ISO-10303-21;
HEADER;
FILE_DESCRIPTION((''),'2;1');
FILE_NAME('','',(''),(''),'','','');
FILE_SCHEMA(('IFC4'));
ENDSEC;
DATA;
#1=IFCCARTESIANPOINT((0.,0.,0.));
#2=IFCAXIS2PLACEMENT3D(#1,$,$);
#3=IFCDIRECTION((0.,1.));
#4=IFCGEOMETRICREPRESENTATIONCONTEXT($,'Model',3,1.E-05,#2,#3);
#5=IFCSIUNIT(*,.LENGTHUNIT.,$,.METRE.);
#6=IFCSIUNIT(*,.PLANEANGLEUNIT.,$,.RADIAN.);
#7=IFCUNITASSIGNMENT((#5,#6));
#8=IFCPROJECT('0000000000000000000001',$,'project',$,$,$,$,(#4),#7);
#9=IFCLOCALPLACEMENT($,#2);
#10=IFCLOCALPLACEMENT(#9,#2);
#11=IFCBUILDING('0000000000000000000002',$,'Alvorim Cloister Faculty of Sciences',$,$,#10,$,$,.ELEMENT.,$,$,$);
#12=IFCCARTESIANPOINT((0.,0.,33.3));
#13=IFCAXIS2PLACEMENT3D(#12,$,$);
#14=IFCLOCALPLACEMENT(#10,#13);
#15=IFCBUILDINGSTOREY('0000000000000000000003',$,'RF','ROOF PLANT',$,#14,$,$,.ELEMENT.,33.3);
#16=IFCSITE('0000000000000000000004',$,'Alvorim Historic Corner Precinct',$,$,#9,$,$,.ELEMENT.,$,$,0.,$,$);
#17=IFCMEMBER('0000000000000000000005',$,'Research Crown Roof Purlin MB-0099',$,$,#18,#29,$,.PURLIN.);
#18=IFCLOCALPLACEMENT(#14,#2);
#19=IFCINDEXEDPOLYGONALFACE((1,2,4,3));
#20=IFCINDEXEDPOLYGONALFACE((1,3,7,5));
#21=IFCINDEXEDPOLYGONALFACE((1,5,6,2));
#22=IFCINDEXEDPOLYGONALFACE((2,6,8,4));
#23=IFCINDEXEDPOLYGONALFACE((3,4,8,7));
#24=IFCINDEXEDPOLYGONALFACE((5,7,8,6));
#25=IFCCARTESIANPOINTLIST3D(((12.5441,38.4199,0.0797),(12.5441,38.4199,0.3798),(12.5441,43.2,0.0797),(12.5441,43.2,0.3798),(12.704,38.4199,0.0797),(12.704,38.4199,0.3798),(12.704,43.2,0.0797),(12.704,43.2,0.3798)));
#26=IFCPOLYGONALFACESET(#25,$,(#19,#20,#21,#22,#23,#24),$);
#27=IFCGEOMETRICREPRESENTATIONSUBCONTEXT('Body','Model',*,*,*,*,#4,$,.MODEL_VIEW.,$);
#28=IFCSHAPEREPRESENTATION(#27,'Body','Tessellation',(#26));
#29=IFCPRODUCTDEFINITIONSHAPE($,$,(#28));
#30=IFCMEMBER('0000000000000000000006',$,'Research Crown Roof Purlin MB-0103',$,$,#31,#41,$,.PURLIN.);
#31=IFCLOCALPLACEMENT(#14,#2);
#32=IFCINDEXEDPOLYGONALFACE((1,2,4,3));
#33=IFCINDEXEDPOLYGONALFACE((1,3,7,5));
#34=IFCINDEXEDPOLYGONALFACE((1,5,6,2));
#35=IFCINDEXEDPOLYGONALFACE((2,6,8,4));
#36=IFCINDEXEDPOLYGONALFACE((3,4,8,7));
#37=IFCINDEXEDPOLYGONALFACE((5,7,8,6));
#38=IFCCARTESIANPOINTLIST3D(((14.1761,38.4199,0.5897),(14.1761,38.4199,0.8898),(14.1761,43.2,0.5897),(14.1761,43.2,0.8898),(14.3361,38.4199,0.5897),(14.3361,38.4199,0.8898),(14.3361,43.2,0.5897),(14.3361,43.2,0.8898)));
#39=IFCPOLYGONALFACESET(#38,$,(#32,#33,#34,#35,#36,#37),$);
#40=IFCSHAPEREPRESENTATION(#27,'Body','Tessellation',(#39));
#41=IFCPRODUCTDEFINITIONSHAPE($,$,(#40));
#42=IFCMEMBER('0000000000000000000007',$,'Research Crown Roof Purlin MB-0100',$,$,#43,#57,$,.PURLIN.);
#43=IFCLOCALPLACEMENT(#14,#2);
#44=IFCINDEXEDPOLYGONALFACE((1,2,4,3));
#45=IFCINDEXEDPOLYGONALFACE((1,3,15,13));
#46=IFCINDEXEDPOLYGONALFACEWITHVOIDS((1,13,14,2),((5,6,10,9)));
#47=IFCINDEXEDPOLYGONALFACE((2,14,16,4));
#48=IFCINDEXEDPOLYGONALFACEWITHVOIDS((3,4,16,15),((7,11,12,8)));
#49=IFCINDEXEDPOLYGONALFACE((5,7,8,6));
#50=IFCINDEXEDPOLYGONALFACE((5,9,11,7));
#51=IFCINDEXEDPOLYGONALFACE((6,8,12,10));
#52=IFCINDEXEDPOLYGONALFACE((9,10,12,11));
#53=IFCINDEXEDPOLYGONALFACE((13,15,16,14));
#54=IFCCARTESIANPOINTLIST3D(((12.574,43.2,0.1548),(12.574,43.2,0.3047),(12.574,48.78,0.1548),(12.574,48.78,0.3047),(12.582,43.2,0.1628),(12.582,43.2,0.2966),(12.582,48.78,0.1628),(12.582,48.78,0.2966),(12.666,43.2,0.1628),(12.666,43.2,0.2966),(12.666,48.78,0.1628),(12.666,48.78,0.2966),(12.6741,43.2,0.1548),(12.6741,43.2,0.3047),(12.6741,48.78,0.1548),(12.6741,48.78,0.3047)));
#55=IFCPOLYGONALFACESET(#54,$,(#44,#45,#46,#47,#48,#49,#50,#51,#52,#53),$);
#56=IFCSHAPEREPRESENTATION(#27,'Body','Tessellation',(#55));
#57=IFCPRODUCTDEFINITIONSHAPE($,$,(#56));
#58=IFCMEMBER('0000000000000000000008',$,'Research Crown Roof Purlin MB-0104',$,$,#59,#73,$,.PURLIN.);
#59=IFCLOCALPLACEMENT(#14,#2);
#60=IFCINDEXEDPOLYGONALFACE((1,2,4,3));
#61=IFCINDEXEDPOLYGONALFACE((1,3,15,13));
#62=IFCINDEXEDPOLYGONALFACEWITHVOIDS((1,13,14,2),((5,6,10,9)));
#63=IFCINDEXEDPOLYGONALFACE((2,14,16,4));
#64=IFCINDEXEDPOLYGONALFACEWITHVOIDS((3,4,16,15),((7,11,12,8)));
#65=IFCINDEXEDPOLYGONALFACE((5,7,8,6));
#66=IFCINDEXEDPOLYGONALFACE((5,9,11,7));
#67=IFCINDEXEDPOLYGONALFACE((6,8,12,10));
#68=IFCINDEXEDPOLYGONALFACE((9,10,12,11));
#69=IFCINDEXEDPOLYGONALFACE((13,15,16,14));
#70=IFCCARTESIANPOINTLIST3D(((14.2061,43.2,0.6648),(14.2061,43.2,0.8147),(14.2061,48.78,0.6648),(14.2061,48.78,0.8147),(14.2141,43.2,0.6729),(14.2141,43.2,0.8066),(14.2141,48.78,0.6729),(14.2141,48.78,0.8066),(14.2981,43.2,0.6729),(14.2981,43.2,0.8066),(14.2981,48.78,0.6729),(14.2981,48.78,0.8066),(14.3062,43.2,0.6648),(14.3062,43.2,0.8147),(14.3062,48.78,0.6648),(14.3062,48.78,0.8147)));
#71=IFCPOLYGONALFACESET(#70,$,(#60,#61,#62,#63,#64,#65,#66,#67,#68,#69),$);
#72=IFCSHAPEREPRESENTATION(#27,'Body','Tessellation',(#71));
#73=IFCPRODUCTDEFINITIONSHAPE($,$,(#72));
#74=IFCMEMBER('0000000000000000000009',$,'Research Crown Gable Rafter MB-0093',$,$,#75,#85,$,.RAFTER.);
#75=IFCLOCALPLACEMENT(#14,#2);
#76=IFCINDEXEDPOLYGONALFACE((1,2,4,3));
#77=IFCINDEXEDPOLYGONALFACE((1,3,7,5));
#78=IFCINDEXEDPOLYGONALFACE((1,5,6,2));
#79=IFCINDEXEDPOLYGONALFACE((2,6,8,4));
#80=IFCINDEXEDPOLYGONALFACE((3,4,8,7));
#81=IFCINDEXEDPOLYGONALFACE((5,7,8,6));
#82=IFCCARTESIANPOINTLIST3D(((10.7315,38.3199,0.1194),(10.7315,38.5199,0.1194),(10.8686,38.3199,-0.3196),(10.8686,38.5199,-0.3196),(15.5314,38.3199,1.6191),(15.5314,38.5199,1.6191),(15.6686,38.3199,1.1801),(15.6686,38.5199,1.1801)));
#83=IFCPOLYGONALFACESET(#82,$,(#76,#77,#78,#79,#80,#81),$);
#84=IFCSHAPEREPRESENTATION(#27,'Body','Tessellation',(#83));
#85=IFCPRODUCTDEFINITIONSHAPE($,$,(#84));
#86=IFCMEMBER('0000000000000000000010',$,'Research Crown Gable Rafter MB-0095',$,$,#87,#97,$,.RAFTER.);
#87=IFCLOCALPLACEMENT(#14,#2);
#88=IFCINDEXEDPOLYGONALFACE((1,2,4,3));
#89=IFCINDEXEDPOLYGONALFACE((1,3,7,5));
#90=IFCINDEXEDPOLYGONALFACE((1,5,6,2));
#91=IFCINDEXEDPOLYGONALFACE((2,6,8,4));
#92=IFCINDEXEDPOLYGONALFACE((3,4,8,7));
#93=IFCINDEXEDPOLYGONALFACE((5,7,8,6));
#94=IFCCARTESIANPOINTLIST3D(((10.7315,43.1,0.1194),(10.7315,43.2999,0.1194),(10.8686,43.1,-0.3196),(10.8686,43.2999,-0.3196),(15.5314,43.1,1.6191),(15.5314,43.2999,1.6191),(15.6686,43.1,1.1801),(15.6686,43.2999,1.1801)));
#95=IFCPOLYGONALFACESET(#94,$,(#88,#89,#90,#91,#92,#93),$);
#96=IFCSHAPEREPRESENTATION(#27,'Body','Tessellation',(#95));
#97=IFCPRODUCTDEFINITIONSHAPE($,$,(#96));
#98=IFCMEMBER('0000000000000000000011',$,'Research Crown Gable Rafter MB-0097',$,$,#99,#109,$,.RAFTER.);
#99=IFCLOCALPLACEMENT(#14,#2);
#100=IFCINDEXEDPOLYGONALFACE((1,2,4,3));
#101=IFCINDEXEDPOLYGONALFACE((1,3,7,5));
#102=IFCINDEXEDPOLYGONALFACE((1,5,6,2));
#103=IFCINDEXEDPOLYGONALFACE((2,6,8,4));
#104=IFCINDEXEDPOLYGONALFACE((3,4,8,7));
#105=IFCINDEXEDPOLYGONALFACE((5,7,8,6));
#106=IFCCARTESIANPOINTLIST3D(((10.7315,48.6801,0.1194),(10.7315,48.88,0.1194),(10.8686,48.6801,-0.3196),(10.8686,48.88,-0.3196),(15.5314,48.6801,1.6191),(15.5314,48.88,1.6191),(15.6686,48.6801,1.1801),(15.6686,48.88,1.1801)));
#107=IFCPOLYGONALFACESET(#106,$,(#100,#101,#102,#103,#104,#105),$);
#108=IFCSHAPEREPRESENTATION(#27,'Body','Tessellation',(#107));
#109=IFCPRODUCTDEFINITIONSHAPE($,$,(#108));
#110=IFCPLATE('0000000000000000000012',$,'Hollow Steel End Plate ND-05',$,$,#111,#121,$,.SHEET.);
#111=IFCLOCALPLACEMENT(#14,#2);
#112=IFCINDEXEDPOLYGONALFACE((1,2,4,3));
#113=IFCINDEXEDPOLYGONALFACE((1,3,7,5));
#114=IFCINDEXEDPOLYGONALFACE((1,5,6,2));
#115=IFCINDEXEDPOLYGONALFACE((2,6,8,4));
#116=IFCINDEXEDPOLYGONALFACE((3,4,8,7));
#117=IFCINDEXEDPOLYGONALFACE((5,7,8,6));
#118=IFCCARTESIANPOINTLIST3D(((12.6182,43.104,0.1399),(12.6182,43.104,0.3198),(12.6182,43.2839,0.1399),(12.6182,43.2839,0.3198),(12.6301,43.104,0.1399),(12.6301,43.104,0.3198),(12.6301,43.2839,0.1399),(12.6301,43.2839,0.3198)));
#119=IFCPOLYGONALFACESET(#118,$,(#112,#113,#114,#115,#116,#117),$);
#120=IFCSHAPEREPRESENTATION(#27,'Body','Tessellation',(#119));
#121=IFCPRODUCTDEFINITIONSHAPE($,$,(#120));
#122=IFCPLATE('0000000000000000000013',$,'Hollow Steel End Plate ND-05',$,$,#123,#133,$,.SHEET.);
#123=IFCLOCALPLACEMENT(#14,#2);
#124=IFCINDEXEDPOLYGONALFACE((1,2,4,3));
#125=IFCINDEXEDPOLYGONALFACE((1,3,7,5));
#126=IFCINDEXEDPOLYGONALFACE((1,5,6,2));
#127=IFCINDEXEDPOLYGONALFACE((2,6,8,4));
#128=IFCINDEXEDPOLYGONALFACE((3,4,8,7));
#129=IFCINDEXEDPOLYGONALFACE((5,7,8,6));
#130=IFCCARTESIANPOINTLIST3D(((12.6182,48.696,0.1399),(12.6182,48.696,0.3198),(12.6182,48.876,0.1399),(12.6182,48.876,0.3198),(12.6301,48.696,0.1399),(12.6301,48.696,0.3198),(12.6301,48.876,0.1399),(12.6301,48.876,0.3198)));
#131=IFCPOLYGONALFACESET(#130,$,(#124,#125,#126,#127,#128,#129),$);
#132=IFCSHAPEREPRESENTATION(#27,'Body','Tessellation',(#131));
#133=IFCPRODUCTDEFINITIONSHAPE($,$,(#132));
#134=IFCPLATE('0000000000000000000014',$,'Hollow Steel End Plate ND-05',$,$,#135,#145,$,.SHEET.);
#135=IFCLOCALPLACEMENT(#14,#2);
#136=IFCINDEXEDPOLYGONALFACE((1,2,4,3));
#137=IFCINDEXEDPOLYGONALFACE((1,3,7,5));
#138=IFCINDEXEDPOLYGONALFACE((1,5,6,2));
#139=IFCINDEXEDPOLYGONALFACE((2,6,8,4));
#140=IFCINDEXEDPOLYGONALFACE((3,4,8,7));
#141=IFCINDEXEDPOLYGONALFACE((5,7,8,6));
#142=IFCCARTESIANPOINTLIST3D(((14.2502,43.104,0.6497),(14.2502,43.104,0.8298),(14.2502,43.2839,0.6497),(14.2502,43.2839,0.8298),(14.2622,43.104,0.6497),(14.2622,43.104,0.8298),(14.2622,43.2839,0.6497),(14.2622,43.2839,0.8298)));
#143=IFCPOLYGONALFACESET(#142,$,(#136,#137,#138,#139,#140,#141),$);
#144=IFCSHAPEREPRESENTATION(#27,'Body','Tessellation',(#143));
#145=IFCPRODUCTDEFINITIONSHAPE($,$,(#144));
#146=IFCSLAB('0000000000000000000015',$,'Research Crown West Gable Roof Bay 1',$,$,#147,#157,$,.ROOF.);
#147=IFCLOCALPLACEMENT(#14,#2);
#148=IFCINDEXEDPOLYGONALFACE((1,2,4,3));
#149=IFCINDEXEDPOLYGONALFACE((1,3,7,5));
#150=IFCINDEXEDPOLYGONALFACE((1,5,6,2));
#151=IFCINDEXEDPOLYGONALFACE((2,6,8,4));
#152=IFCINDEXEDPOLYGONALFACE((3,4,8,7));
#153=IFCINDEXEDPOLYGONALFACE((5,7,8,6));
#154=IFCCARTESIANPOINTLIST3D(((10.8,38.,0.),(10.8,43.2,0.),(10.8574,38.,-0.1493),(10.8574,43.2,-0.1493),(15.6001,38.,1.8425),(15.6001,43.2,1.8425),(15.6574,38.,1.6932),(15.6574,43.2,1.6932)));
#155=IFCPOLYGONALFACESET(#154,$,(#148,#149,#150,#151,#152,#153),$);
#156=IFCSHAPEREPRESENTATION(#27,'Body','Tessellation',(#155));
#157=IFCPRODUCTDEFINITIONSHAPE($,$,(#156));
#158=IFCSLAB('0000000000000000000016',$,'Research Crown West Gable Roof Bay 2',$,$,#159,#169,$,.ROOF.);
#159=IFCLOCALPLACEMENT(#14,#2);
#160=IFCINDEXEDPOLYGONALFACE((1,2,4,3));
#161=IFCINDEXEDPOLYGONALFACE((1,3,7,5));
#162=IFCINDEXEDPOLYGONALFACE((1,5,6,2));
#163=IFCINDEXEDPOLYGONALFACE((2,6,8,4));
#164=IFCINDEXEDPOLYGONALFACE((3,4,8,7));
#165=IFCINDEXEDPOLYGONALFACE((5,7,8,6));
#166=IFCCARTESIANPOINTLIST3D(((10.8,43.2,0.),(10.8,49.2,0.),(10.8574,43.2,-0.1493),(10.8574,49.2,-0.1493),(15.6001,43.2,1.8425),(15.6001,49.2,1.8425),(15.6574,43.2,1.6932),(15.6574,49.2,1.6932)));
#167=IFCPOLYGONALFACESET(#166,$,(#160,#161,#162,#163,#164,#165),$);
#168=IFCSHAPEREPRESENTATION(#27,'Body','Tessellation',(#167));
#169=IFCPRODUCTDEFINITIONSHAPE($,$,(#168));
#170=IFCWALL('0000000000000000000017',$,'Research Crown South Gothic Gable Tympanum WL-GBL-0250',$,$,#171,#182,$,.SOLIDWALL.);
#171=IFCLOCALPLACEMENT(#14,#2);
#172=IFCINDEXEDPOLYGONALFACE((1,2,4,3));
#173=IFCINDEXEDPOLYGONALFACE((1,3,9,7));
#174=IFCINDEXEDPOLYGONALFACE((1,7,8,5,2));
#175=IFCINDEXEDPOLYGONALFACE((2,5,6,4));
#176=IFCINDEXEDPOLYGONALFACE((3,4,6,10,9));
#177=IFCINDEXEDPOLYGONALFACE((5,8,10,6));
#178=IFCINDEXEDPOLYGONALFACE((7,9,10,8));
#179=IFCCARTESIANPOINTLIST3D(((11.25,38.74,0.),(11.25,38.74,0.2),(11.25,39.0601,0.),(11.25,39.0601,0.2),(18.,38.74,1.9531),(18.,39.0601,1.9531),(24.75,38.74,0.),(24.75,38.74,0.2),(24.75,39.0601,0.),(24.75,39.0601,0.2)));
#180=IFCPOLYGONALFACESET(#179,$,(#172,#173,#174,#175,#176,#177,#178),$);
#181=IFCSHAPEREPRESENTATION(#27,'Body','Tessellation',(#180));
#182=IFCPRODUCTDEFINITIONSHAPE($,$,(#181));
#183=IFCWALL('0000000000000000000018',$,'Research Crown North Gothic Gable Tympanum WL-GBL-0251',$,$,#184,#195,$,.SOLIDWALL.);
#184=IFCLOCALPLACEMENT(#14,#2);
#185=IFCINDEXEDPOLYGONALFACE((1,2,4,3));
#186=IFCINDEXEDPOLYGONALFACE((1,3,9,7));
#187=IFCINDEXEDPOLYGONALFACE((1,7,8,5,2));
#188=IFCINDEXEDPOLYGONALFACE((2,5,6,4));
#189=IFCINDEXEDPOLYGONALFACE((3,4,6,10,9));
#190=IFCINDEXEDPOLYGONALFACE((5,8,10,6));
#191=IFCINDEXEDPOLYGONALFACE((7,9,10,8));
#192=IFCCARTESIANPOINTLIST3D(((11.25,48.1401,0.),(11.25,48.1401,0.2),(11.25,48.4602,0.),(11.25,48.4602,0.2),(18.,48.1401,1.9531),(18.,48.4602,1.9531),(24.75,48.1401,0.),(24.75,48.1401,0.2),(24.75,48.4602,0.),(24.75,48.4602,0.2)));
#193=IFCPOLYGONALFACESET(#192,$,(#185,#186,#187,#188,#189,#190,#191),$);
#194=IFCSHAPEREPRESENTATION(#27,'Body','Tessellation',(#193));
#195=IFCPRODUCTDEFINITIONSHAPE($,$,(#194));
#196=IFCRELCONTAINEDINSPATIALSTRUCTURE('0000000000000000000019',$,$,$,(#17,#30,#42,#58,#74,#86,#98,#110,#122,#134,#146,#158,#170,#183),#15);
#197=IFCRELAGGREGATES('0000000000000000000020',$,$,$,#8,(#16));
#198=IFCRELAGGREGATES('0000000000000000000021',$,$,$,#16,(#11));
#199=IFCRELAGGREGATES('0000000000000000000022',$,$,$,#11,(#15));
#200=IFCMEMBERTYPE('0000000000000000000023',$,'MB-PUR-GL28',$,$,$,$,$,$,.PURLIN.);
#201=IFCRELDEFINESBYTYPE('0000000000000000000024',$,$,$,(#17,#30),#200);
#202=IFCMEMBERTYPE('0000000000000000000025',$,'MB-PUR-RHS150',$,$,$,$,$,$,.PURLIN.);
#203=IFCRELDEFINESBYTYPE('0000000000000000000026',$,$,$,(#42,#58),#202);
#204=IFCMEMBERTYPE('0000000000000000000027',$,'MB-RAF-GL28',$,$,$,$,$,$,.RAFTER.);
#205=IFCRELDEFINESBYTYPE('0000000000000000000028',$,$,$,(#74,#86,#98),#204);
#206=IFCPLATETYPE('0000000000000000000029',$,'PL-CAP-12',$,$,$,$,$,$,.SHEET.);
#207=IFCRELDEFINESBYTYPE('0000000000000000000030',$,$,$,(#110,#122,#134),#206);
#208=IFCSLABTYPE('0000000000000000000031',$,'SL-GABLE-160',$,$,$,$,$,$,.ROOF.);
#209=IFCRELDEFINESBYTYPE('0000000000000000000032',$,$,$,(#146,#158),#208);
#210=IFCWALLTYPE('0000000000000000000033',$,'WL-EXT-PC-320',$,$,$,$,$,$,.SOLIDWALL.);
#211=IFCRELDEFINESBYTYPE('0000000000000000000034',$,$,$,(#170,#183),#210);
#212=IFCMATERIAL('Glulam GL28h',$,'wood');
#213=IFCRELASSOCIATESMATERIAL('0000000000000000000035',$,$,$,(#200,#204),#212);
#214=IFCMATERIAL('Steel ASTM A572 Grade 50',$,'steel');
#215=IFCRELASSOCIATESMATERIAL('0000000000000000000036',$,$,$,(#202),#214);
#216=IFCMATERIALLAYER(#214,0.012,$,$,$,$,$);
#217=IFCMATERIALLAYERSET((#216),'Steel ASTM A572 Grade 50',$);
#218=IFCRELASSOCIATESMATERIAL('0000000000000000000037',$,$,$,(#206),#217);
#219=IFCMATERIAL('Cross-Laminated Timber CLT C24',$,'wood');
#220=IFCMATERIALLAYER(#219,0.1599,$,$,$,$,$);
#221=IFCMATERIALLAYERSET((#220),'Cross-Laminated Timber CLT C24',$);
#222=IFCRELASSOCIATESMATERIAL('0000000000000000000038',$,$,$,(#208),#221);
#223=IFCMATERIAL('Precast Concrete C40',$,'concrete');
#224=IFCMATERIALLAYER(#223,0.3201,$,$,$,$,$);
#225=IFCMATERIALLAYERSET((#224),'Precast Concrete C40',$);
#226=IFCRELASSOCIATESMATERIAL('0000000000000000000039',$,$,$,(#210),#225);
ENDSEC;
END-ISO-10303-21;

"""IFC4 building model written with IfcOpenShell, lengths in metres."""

from ifc_helpers import new_model, si_unit, direction, frame, origin, origin_2d, place, context, subcontext, project, spatial, polyline, rectangle, hollow_rectangle, outline, extrude, material, layer, layer_set, material_profile, profile_set, type_object, element, save


model = new_model("IFC4")

# Units and contexts
model_context = context("Model", 3, precision=1e-05, world=origin(), true_north=direction((0.0, 1.0)))
body_context = subcontext(model_context, "Body", "Model", "MODEL_VIEW")
ifc_project = project(units=[si_unit("LENGTHUNIT", "METRE"), si_unit("PLANEANGLEUNIT", "RADIAN")], contexts=[model_context])

# Site, building, storey
site_placement = place(None, origin())
site = spatial("IfcSite", under=ifc_project, at=site_placement, Name="Alvorim Historic Corner Precinct", CompositionType="ELEMENT", RefElevation=0.0)
building_placement = place(site_placement, origin())
building = spatial("IfcBuilding", under=site, at=building_placement, Name="Alvorim Cloister Faculty of Sciences", CompositionType="ELEMENT")
storey_placement = place(building_placement, frame((0.0, 0.0, 33.3)))
storey = spatial("IfcBuildingStorey", under=building, at=storey_placement, Name="RF", Description="ROOF PLANT", CompositionType="ELEMENT", Elevation=33.3)

# Members
ifc_material_1 = material(Name="Glulam GL28h", Category="wood")
ifc_material_profile_1 = material_profile(ifc_material_1, rectangle(XDim=0.1599, YDim=0.3, at=origin_2d()), Name="GL28-PUR-160x300")
ifc_profile_set_1 = profile_set([ifc_material_profile_1], Name="Glulam GL28h")
member_type_1 = type_object("IfcMemberType", Name="MB-PUR-GL28", PredefinedType="PURLIN", material=ifc_profile_set_1)
for number, where, z_axis, x_axis, name in (
    (1, (12.624, 38.4199, 0.2297), (0.0, 1.0, 0.0), (-1.0, 0.0, 0.0), "Research Crown Roof Purlin MB-0099"),
    (2, (14.2561, 38.4199, 0.7397), (0.0, 1.0, 0.0), (-1.0, 0.0, 0.0), "Research Crown Roof Purlin MB-0103"),
):
    element("IfcMember", number, at=place(storey_placement, frame(where, z_axis=z_axis, x_axis=x_axis)), inside=storey, type_object=member_type_1, Name=name, PredefinedType="PURLIN", context=body_context, shape_type="SweptSolid", body=[
        extrude(rectangle(XDim=0.1599, YDim=0.3, at=origin_2d()), origin(), (0.0, 0.0, 1.0), 4.78),
    ])
ifc_material_2 = material(Name="Steel ASTM A572 Grade 50", Category="steel")
ifc_material_profile_2 = material_profile(ifc_material_2, hollow_rectangle(XDim=0.1001, YDim=0.1499, WallThickness=0.0081, at=origin_2d()), Name="RHS150x100x8")
ifc_profile_set_2 = profile_set([ifc_material_profile_2], Name="Steel ASTM A572 Grade 50")
member_type_2 = type_object("IfcMemberType", Name="MB-PUR-RHS150", PredefinedType="PURLIN", material=ifc_profile_set_2)
for number, where, z_axis, x_axis, name in (
    (3, (12.624, 43.2, 0.2297), (0.0, 1.0, 0.0), (-1.0, 0.0, 0.0), "Research Crown Roof Purlin MB-0100"),
    (4, (14.2561, 43.2, 0.7397), (0.0, 1.0, 0.0), (-1.0, 0.0, 0.0), "Research Crown Roof Purlin MB-0104"),
):
    element("IfcMember", number, at=place(storey_placement, frame(where, z_axis=z_axis, x_axis=x_axis)), inside=storey, type_object=member_type_2, Name=name, PredefinedType="PURLIN", context=body_context, shape_type="SweptSolid", body=[
        extrude(hollow_rectangle(XDim=0.1001, YDim=0.1499, WallThickness=0.0081, at=origin_2d()), origin(), (0.0, 0.0, 1.0), 5.5801),
    ])
ifc_material_profile_3 = material_profile(ifc_material_1, rectangle(XDim=0.2, YDim=0.46, at=origin_2d()), Name="GL28-RAF-200x460")
ifc_profile_set_3 = profile_set([ifc_material_profile_3], Name="Glulam GL28h")
member_type_3 = type_object("IfcMemberType", Name="MB-RAF-GL28", PredefinedType="RAFTER", material=ifc_profile_set_3)
for number, where, z_axis, x_axis, name in (
    (5, (10.8, 38.4199, -0.1001), (0.954495, 0.0, 0.298228), (0.0, 1.0, 0.0), "Research Crown Gable Rafter MB-0093"),
    (6, (10.8, 43.2, -0.1001), (0.954495, 0.0, 0.298228), (0.0, 1.0, 0.0), "Research Crown Gable Rafter MB-0095"),
    (7, (10.8, 48.78, -0.1001), (0.954495, 0.0, 0.298228), (0.0, 1.0, 0.0), "Research Crown Gable Rafter MB-0097"),
):
    element("IfcMember", number, at=place(storey_placement, frame(where, z_axis=z_axis, x_axis=x_axis)), inside=storey, type_object=member_type_3, Name=name, PredefinedType="RAFTER", context=body_context, shape_type="SweptSolid", body=[
        extrude(rectangle(XDim=0.2, YDim=0.46, at=origin_2d()), origin(), (0.0, 0.0, 1.0), 5.0288),
    ])

# Plates
ifc_layer_1 = layer(ifc_material_2, 0.012)
ifc_layer_set_1 = layer_set([ifc_layer_1], Name="Steel ASTM A572 Grade 50")
plate_type = type_object("IfcPlateType", Name="PL-CAP-12", PredefinedType="SHEET", material=ifc_layer_set_1)
for number, where, z_axis, x_axis, name in (
    (8, (12.624, 43.104, 0.1399), (0.0, 0.0, 1.0), (0.0, 1.0, 0.0), "Hollow Steel End Plate ND-05"),
    (9, (12.624, 48.696, 0.1399), (0.0, 0.0, 1.0), (0.0, 1.0, 0.0), "Hollow Steel End Plate ND-05"),
):
    element("IfcPlate", number, at=place(storey_placement, frame(where, z_axis=z_axis, x_axis=x_axis)), inside=storey, type_object=plate_type, Name=name, PredefinedType="SHEET", context=body_context, shape_type="SweptSolid", body=[
        extrude(outline(polyline([(0.0, 0.0), (0.1799, 0.0), (0.1799, 0.1799), (0.0, 0.1799), (0.0, 0.0)])), frame((0.0, 0.0059, 0.0), z_axis=(0.0, -1.0, 0.0), x_axis=(1.0, 0.0, 0.0)), (0.0, 0.0, 1.0), 0.012),
    ])
plate_placement = place(storey_placement, frame((14.2561, 43.104, 0.6497), z_axis=(0.0, 0.0, 1.0), x_axis=(0.0, 1.0, 0.0)))
element("IfcPlate", 10, at=plate_placement, inside=storey, type_object=plate_type, Name="Hollow Steel End Plate ND-05", PredefinedType="SHEET", context=body_context, shape_type="SweptSolid", body=[
    extrude(outline(polyline([(0.0, 0.0), (0.1799, 0.0), (0.1799, 0.1802), (0.0, 0.1802), (0.0, 0.0)])), frame((0.0, 0.0059, 0.0), z_axis=(0.0, -1.0, 0.0), x_axis=(1.0, 0.0, 0.0)), (0.0, 0.0, 1.0), 0.012),
])

# Slabs
ifc_material_3 = material(Name="Cross-Laminated Timber CLT C24", Category="wood")
ifc_layer_2 = layer(ifc_material_3, 0.1599)
ifc_layer_set_2 = layer_set([ifc_layer_2], Name="Cross-Laminated Timber CLT C24")
slab_type = type_object("IfcSlabType", Name="SL-GABLE-160", PredefinedType="ROOF", material=ifc_layer_set_2)
slab_1_placement = place(storey_placement, frame((10.8, 38.0, 0.0), z_axis=(-0.358362, 0.0, 0.933583), x_axis=(0.933583, 0.0, 0.358362)))
element("IfcSlab", 11, at=slab_1_placement, inside=storey, type_object=slab_type, Name="Research Crown West Gable Roof Bay 1", PredefinedType="ROOF", context=body_context, shape_type="SweptSolid", body=[
    extrude(outline(polyline([(0.0, 0.0), (5.1415, 0.0), (5.1415, 5.2), (0.0, 5.2), (0.0, 0.0)])), origin(), (0.0, 0.0, -1.0), 0.1599),
])
slab_2_placement = place(storey_placement, frame((10.8, 43.2, 0.0), z_axis=(-0.358362, 0.0, 0.933583), x_axis=(0.933583, 0.0, 0.358362)))
element("IfcSlab", 12, at=slab_2_placement, inside=storey, type_object=slab_type, Name="Research Crown West Gable Roof Bay 2", PredefinedType="ROOF", context=body_context, shape_type="SweptSolid", body=[
    extrude(outline(polyline([(0.0, 0.0), (5.1415, 0.0), (5.1415, 6.0), (0.0, 6.0), (0.0, 0.0)])), origin(), (0.0, 0.0, -1.0), 0.1599),
])

# Walls
ifc_material_4 = material(Name="Precast Concrete C40", Category="concrete")
ifc_layer_3 = layer(ifc_material_4, 0.3201)
ifc_layer_set_3 = layer_set([ifc_layer_3], Name="Precast Concrete C40")
wall_type_1 = type_object("IfcWallType", Name="WL-EXT-PC-320", PredefinedType="SOLIDWALL", material=ifc_layer_set_3)
for number, where, z_axis, x_axis, name in (
    (13, (11.25, 38.8999, 0.0), (0.0, 0.0, 1.0), (1.0, 0.0, 0.0), "Research Crown South Gothic Gable Tympanum WL-GBL-0250"),
    (14, (11.25, 48.3, 0.0), (0.0, 0.0, 1.0), (1.0, 0.0, 0.0), "Research Crown North Gothic Gable Tympanum WL-GBL-0251"),
):
    element("IfcWall", number, at=place(storey_placement, frame(where, z_axis=z_axis, x_axis=x_axis)), inside=storey, type_object=wall_type_1, Name=name, PredefinedType="SOLIDWALL", context=body_context, shape_type="SweptSolid", body=[
        extrude(outline(polyline([(0.0, 0.0), (13.5, 0.0), (13.5, 0.2), (6.75, 1.9531), (0.0, 0.2), (0.0, 0.0)])), frame((0.0, 0.1602, 0.0), z_axis=(0.0, -1.0, 0.0), x_axis=(1.0, 0.0, 0.0)), (0.0, 0.0, 1.0), 0.3201),
    ])

save(model, "model.ifc")
